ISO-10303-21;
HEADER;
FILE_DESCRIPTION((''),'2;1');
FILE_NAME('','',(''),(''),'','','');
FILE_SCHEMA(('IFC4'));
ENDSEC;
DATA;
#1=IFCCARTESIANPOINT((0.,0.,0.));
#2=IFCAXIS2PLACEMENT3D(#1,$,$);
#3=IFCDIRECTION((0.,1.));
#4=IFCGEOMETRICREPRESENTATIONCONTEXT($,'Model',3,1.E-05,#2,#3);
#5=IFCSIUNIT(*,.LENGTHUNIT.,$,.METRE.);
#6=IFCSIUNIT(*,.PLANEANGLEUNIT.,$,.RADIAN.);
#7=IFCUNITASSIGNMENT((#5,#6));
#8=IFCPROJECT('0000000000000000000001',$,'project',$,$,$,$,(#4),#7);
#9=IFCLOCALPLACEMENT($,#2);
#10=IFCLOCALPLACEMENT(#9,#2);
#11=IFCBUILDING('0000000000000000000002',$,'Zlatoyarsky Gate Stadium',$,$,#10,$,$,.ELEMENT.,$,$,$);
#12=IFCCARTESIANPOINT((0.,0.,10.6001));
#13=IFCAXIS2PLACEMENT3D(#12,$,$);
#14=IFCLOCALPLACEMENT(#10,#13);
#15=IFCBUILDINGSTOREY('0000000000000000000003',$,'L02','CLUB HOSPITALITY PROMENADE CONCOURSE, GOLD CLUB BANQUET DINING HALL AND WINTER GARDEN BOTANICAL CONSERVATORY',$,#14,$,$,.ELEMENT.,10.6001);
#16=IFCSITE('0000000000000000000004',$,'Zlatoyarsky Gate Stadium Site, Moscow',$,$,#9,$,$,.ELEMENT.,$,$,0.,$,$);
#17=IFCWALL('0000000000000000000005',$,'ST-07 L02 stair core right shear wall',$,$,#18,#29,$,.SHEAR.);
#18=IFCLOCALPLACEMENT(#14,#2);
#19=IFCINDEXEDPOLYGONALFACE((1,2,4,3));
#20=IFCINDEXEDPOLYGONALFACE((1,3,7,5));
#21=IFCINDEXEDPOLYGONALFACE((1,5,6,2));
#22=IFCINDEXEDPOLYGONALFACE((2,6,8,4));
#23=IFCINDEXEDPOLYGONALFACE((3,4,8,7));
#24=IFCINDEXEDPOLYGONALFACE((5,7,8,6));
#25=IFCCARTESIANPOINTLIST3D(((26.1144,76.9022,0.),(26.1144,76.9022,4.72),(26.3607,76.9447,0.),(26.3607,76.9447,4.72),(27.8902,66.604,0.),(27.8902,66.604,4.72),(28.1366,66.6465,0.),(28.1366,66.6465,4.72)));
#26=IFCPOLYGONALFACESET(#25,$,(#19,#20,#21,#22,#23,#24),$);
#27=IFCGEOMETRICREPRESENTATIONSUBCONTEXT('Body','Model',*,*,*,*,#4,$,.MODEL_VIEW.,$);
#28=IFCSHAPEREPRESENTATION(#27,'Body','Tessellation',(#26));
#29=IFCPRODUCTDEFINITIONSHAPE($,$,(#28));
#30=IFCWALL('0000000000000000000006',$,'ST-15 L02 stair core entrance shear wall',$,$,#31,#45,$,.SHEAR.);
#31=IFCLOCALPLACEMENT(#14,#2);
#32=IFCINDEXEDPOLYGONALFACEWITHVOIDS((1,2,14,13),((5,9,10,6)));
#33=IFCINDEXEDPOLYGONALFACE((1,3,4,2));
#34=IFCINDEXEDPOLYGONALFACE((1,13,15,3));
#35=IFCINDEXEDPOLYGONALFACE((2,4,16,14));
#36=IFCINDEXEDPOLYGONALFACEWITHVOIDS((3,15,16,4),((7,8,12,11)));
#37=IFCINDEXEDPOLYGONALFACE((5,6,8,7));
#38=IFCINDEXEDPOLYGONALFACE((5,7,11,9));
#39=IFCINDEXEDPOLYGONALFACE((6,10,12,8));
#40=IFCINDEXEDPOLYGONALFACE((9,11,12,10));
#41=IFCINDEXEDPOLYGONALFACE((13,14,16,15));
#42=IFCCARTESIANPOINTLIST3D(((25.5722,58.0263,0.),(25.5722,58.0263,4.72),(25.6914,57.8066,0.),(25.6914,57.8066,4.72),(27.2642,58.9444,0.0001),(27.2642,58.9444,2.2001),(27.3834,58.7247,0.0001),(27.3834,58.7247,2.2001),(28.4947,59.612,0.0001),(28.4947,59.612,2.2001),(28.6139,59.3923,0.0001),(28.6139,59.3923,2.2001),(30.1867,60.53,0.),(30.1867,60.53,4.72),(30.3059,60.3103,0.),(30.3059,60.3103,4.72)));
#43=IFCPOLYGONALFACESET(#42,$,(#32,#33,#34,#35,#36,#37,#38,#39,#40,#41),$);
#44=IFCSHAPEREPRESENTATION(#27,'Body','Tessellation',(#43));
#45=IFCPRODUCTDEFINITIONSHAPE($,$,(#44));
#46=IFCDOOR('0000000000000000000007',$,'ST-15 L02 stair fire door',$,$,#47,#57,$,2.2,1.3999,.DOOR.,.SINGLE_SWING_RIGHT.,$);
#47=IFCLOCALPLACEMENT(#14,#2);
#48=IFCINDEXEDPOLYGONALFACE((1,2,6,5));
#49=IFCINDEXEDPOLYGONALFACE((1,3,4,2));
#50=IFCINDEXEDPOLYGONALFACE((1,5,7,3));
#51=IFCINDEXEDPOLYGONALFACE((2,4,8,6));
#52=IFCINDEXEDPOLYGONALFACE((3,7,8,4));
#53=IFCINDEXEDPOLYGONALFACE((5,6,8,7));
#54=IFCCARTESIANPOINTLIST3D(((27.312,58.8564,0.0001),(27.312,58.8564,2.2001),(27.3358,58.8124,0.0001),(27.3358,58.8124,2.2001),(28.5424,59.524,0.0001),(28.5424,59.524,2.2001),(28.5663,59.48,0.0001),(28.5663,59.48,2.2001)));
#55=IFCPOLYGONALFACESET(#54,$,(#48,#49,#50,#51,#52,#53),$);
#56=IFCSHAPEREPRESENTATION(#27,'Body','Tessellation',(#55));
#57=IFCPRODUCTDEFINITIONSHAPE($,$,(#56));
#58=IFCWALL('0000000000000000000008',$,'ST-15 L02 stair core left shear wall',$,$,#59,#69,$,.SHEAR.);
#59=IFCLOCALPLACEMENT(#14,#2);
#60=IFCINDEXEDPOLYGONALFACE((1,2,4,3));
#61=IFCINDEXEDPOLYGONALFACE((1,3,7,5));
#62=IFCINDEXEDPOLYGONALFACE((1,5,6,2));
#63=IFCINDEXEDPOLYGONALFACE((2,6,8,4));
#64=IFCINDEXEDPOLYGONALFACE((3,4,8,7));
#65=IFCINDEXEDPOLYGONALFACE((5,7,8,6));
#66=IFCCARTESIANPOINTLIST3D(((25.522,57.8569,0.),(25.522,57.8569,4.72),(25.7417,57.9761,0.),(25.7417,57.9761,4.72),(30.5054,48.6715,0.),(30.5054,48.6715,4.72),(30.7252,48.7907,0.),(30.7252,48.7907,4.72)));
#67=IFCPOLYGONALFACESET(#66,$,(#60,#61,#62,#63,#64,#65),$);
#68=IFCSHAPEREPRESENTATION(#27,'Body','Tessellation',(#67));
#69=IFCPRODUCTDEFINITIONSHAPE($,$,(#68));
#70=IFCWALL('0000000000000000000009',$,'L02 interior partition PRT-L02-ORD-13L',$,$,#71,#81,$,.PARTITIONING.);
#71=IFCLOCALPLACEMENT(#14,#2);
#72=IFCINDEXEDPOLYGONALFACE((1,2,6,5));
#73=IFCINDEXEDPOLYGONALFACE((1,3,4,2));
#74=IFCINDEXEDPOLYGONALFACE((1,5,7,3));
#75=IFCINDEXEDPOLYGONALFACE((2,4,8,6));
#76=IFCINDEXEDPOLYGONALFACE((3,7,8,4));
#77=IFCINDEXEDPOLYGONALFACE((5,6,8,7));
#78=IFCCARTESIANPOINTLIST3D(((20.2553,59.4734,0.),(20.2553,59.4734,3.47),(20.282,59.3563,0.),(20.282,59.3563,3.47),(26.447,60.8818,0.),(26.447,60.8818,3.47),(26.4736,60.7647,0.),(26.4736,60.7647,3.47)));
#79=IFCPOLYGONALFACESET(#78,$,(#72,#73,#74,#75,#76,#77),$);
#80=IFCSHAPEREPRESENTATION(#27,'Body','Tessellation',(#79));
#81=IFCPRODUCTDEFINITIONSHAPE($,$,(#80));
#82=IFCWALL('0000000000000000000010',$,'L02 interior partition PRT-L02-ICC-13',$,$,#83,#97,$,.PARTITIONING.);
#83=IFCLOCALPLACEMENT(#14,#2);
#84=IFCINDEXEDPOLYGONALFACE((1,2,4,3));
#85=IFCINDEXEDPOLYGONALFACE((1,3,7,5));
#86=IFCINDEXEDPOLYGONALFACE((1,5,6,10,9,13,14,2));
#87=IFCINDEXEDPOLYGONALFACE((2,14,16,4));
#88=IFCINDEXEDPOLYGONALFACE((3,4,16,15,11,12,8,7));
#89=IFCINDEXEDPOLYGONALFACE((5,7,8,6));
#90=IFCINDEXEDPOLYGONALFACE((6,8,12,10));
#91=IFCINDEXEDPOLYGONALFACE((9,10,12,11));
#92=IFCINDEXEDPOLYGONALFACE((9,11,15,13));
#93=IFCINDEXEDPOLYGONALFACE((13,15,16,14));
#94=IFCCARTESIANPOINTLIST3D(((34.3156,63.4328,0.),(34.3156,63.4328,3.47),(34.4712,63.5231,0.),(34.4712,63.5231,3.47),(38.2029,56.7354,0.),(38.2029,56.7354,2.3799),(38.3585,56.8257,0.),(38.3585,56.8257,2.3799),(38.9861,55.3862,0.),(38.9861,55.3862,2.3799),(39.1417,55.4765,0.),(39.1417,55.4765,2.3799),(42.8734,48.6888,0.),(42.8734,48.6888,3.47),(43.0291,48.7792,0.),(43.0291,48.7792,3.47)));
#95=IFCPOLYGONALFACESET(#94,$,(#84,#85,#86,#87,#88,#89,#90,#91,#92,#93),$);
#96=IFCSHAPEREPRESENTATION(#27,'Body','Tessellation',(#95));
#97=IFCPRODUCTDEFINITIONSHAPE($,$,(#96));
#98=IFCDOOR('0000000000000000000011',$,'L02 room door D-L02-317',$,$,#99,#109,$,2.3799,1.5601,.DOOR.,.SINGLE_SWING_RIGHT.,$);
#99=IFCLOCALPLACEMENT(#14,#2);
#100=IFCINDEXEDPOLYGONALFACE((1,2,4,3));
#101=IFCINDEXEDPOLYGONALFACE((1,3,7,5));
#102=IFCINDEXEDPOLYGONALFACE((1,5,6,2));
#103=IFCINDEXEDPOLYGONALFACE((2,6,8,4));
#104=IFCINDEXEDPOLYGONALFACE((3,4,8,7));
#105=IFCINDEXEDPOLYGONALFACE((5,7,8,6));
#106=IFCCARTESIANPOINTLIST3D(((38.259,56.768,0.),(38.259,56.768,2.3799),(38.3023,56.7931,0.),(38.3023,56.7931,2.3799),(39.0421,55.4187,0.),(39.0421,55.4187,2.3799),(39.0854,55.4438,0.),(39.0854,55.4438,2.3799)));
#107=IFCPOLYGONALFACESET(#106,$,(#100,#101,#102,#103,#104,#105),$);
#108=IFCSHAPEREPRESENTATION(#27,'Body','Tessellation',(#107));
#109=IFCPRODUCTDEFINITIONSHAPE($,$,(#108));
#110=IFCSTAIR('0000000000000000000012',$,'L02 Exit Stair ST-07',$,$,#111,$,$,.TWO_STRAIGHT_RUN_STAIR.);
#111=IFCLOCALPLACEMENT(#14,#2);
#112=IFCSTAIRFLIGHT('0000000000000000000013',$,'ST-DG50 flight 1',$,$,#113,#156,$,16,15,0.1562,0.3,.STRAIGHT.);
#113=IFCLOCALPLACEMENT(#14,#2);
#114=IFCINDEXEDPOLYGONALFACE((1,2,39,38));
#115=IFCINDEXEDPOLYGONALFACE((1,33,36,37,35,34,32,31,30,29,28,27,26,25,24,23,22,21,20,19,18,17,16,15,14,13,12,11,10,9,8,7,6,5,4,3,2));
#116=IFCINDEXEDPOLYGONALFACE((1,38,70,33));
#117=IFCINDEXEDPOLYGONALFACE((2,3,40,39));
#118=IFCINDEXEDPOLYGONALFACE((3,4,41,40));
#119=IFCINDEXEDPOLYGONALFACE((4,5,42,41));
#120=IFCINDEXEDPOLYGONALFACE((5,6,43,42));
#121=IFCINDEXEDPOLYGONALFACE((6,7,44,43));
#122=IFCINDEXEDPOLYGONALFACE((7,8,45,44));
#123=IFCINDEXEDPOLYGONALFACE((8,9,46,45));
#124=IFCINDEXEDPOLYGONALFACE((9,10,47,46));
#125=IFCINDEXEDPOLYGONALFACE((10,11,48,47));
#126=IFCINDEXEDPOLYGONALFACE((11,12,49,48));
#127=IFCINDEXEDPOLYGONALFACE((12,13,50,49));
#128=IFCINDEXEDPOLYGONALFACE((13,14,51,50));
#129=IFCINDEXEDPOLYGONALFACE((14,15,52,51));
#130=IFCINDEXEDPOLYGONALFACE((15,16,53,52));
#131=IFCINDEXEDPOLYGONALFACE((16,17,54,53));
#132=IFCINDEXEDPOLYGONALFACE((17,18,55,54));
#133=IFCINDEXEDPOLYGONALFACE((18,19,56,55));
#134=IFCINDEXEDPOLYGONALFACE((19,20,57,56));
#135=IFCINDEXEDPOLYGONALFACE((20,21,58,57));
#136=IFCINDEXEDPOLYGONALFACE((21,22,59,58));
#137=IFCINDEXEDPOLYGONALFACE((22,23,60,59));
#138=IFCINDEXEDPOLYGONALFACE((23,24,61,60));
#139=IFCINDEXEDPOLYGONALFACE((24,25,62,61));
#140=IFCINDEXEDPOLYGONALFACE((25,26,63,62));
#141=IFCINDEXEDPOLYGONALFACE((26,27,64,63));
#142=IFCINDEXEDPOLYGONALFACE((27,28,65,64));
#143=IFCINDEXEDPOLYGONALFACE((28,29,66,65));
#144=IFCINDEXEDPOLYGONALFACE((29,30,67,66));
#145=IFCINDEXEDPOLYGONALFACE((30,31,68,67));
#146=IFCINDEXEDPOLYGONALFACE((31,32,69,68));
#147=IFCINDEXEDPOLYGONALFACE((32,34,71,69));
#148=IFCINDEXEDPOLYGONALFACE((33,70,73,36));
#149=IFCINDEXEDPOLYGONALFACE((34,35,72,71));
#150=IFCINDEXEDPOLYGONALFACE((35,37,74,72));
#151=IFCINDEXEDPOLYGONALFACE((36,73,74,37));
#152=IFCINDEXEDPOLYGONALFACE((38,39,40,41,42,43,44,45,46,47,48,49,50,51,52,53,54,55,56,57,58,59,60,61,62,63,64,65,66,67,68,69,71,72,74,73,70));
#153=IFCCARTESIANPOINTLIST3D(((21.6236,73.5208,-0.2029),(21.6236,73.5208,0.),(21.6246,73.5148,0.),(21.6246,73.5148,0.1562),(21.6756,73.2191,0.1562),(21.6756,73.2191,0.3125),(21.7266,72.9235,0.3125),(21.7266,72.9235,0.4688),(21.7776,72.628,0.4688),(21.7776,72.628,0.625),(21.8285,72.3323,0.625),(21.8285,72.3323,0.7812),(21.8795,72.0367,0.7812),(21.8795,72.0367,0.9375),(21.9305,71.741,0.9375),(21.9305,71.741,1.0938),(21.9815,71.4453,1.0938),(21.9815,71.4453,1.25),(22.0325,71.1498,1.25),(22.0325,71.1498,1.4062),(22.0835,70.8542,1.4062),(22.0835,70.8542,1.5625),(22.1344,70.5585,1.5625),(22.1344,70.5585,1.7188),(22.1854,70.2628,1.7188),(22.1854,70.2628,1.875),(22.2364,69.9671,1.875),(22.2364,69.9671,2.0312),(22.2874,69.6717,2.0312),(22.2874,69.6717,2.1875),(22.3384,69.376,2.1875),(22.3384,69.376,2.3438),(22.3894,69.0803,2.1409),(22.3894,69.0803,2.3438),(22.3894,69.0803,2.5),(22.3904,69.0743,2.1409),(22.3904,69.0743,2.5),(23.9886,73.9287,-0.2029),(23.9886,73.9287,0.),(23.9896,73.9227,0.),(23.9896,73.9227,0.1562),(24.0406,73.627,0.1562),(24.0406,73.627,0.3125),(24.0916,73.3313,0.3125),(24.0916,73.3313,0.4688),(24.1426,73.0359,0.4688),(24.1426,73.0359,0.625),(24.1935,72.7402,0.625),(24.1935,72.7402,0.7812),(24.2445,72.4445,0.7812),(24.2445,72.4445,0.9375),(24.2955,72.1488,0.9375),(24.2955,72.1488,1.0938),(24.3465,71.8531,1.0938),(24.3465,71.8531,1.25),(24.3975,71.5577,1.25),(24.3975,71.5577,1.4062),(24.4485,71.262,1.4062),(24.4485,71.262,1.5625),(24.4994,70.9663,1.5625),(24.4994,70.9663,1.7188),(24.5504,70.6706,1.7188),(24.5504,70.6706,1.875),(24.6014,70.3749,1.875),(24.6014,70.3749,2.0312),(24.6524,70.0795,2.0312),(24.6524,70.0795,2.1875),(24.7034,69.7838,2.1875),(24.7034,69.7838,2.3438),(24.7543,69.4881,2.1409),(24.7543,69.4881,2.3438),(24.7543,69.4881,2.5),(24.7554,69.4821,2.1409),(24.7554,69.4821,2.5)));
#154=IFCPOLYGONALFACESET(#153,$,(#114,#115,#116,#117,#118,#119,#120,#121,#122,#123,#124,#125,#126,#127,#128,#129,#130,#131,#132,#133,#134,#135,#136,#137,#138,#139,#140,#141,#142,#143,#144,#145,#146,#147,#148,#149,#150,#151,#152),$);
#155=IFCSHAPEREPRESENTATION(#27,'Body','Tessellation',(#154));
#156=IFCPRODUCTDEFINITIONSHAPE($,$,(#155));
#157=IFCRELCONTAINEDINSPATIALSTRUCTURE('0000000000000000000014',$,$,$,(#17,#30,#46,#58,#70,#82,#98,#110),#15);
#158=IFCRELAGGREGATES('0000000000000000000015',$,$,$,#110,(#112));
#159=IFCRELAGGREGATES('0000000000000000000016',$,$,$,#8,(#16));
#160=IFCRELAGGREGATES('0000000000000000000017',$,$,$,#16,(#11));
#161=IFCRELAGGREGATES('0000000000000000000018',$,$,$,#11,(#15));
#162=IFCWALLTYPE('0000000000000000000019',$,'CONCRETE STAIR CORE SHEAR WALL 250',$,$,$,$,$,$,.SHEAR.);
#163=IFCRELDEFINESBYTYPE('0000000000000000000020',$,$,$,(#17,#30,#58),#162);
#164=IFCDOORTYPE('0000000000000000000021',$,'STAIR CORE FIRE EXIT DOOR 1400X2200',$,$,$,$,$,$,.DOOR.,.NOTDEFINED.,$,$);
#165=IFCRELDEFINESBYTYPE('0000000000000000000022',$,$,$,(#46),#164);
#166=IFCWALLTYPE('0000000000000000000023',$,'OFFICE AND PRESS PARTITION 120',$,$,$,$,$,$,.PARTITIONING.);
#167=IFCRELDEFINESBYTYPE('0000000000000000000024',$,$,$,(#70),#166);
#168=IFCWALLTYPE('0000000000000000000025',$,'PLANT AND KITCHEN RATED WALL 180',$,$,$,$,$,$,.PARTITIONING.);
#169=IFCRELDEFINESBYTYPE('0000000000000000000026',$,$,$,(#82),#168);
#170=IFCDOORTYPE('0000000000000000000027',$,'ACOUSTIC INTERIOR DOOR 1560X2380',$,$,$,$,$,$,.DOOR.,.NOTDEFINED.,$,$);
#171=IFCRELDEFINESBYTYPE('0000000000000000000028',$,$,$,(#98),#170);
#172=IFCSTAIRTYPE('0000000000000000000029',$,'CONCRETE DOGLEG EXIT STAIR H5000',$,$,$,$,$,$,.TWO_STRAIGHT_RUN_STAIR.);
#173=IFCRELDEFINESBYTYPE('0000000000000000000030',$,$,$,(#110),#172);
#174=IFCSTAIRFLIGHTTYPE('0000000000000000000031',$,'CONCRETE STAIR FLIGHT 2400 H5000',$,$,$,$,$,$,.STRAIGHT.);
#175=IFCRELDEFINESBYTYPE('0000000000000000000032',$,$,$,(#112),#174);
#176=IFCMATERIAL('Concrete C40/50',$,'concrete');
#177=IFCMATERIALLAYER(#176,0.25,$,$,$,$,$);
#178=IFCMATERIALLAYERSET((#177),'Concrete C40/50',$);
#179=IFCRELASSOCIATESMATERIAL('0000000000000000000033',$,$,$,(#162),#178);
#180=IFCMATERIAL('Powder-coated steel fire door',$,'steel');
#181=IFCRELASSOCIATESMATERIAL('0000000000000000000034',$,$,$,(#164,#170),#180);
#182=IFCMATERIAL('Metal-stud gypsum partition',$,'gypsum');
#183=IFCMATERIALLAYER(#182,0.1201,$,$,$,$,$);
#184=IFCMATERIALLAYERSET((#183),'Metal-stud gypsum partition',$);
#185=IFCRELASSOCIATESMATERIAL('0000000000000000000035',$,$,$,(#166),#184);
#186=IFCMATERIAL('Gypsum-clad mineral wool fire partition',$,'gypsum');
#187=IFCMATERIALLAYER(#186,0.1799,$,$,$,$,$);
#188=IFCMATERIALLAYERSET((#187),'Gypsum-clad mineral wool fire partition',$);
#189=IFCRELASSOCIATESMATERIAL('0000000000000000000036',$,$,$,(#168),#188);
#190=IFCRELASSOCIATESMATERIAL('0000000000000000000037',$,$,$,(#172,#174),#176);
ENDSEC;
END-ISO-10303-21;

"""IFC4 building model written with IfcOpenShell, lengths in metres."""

from ifc_helpers import new_model, si_unit, direction, frame, frame_2d, origin, place, context, subcontext, project, spatial, polyline, rectangle, outline, extrude, material, layer, layer_set, type_object, element, fill, aggregate, save


model = new_model("IFC4")

# Units and contexts
model_context = context("Model", 3, precision=1e-05, world=origin(), true_north=direction((0.0, 1.0)))
body_context = subcontext(model_context, "Body", "Model", "MODEL_VIEW")
ifc_project = project(units=[si_unit("LENGTHUNIT", "METRE"), si_unit("PLANEANGLEUNIT", "RADIAN")], contexts=[model_context])

# Site, building, storey
site_placement = place(None, origin())
site = spatial("IfcSite", under=ifc_project, at=site_placement, Name="Zlatoyarsky Gate Stadium Site, Moscow", CompositionType="ELEMENT", RefElevation=0.0)
building_placement = place(site_placement, origin())
building = spatial("IfcBuilding", under=site, at=building_placement, Name="Zlatoyarsky Gate Stadium", CompositionType="ELEMENT")
storey_placement = place(building_placement, frame((0.0, 0.0, 10.6001)))
storey = spatial("IfcBuildingStorey", under=building, at=storey_placement, Name="L02", Description="CLUB HOSPITALITY PROMENADE CONCOURSE, GOLD CLUB BANQUET DINING HALL AND WINTER GARDEN BOTANICAL CONSERVATORY", CompositionType="ELEMENT", Elevation=10.6001)

# Shared definitions
ifc_material_1 = material(Name="Concrete C40/50", Category="concrete")

# Wall
ifc_layer_1 = layer(ifc_material_1, 0.25)
ifc_layer_set_1 = layer_set([ifc_layer_1], Name="Concrete C40/50")
wall_type_1 = type_object("IfcWallType", Name="CONCRETE STAIR CORE SHEAR WALL 250", PredefinedType="SHEAR", material=ifc_layer_set_1)
wall_1_placement = place(storey_placement, frame((28.0134, 66.6252, 0.0), z_axis=(0.0, 0.0, 1.0), x_axis=(-0.169939, 0.985455, 0.0)))
element("IfcWall", 1, at=wall_1_placement, inside=storey, type_object=wall_type_1, Name="ST-07 L02 stair core right shear wall", PredefinedType="SHEAR", context=body_context, shape_type="SweptSolid", body=[
    extrude(rectangle(XDim=10.4502, YDim=0.25, at=frame_2d((5.2251, 0.0))), origin(), (0.0, 0.0, 1.0), 4.72),
])

# Wall, opening, door
wall_2_placement = place(storey_placement, frame((30.2463, 60.4202, 0.0), z_axis=(0.0, 0.0, 1.0), x_axis=(-0.878961, -0.476893, 0.0)))
wall_2 = element("IfcWall", 2, at=wall_2_placement, inside=storey, type_object=wall_type_1, Name="ST-15 L02 stair core entrance shear wall", PredefinedType="SHEAR", context=body_context, shape_type="SweptSolid", body=[
    extrude(rectangle(XDim=5.25, YDim=0.25, at=frame_2d((2.625, 0.0))), origin(), (0.0, 0.0, 1.0), 4.72),
])
opening_1_placement = place(wall_2_placement, frame((1.925, 0.0, 0.0)))
opening_1 = element("IfcOpeningElement", 3, at=opening_1_placement, cuts=wall_2, PredefinedType="OPENING", context=body_context, shape_type="SweptSolid", body=[
    extrude(rectangle(XDim=1.3999, YDim=2.2, at=frame_2d((0.7, 1.1001))), frame((0.0, 0.135, 0.0), z_axis=(0.0, -1.0, 0.0), x_axis=(1.0, 0.0, 0.0)), (0.0, 0.0, 1.0), 0.27),
])
ifc_material_2 = material(Name="Powder-coated steel fire door", Category="steel")
door_type_1 = type_object("IfcDoorType", Name="STAIR CORE FIRE EXIT DOOR 1400X2200", OperationType="NOTDEFINED", PredefinedType="DOOR", material=ifc_material_2)
door_1_placement = place(opening_1_placement, frame((1.3999, 0.0, 0.0), z_axis=(0.0, 0.0, 1.0), x_axis=(-1.0, 0.0, 0.0)))
door_1 = element("IfcDoor", 4, at=door_1_placement, inside=storey, type_object=door_type_1, Name="ST-15 L02 stair fire door", OperationType="SINGLE_SWING_RIGHT", OverallHeight=2.2, OverallWidth=1.3999, PredefinedType="DOOR", context=body_context, shape_type="SweptSolid", body=[
    extrude(rectangle(XDim=1.3999, YDim=2.2, at=frame_2d((0.7, 1.1001))), frame((0.0, 0.0249, 0.0), z_axis=(0.0, -1.0, 0.0), x_axis=(1.0, 0.0, 0.0)), (0.0, 0.0, 1.0), 0.05),
])
fill(opening_1, door_1)

# Walls
wall_3_placement = place(storey_placement, frame((25.6318, 57.9165, 0.0), z_axis=(0.0, 0.0, 1.0), x_axis=(0.476877, -0.87897, 0.0)))
element("IfcWall", 5, at=wall_3_placement, inside=storey, type_object=wall_type_1, Name="ST-15 L02 stair core left shear wall", PredefinedType="SHEAR", context=body_context, shape_type="SweptSolid", body=[
    extrude(rectangle(XDim=10.4502, YDim=0.25, at=frame_2d((5.2251, 0.0))), origin(), (0.0, 0.0, 1.0), 4.72),
])
ifc_material_3 = material(Name="Metal-stud gypsum partition", Category="gypsum")
ifc_layer_2 = layer(ifc_material_3, 0.1201)
ifc_layer_set_2 = layer_set([ifc_layer_2], Name="Metal-stud gypsum partition")
wall_type_2 = type_object("IfcWallType", Name="OFFICE AND PRESS PARTITION 120", PredefinedType="PARTITIONING", material=ifc_layer_set_2)
wall_4_placement = place(storey_placement, frame((26.4602, 60.8232, 0.0), z_axis=(0.0, 0.0, 1.0), x_axis=(-0.97509, -0.221809, 0.0)))
element("IfcWall", 6, at=wall_4_placement, inside=storey, type_object=wall_type_2, Name="L02 interior partition PRT-L02-ORD-13L", PredefinedType="PARTITIONING", context=body_context, shape_type="SweptSolid", body=[
    extrude(rectangle(XDim=6.3499, YDim=0.1201, at=frame_2d((3.1748, 0.0))), origin(), (0.0, 0.0, 1.0), 3.47),
])

# Wall, opening, door
ifc_material_4 = material(Name="Gypsum-clad mineral wool fire partition", Category="gypsum")
ifc_layer_3 = layer(ifc_material_4, 0.1799)
ifc_layer_set_3 = layer_set([ifc_layer_3], Name="Gypsum-clad mineral wool fire partition")
wall_type_3 = type_object("IfcWallType", Name="PLANT AND KITCHEN RATED WALL 180", PredefinedType="PARTITIONING", material=ifc_layer_set_3)
wall_5_placement = place(storey_placement, frame((34.3933, 63.478, 0.0), z_axis=(0.0, 0.0, 1.0), x_axis=(0.501999, -0.864868, 0.0)))
wall_5 = element("IfcWall", 7, at=wall_5_placement, inside=storey, type_object=wall_type_3, Name="L02 interior partition PRT-L02-ICC-13", PredefinedType="PARTITIONING", context=body_context, shape_type="SweptSolid", body=[
    extrude(rectangle(XDim=17.0476, YDim=0.1799, at=frame_2d((8.5239, 0.0))), origin(), (0.0, 0.0, 1.0), 3.47),
])
opening_2_placement = place(wall_5_placement, frame((7.7439, 0.0, 0.0)))
opening_2 = element("IfcOpeningElement", 8, at=opening_2_placement, cuts=wall_5, PredefinedType="OPENING", context=body_context, shape_type="SweptSolid", body=[
    extrude(rectangle(XDim=1.5601, YDim=2.3799, at=frame_2d((0.78, 1.1899))), frame((0.0, 0.0999, 0.0), z_axis=(0.0, -1.0, 0.0), x_axis=(1.0, 0.0, 0.0)), (0.0, 0.0, 1.0), 0.2),
])
door_type_2 = type_object("IfcDoorType", Name="ACOUSTIC INTERIOR DOOR 1560X2380", OperationType="NOTDEFINED", PredefinedType="DOOR", material=ifc_material_2)
door_2_placement = place(opening_2_placement, origin())
door_2 = element("IfcDoor", 9, at=door_2_placement, inside=storey, type_object=door_type_2, Name="L02 room door D-L02-317", OperationType="SINGLE_SWING_RIGHT", OverallHeight=2.3799, OverallWidth=1.5601, PredefinedType="DOOR", context=body_context, shape_type="SweptSolid", body=[
    extrude(rectangle(XDim=1.5601, YDim=2.3799, at=frame_2d((0.78, 1.1899))), frame((0.0, 0.0249, 0.0), z_axis=(0.0, -1.0, 0.0), x_axis=(1.0, 0.0, 0.0)), (0.0, 0.0, 1.0), 0.05),
])
fill(opening_2, door_2)

# Stair, stair flight
stair_type = type_object("IfcStairType", Name="CONCRETE DOGLEG EXIT STAIR H5000", PredefinedType="TWO_STRAIGHT_RUN_STAIR", material=ifc_material_1)
stair_placement = place(storey_placement, origin())
stair = element("IfcStair", 10, at=stair_placement, inside=storey, type_object=stair_type, Name="L02 Exit Stair ST-07", PredefinedType="TWO_STRAIGHT_RUN_STAIR")
stair_flight_type = type_object("IfcStairFlightType", Name="CONCRETE STAIR FLIGHT 2400 H5000", PredefinedType="STRAIGHT", material=ifc_material_1)
stair_flight_1_placement = place(storey_placement, frame((22.8071, 73.7188, 0.0), z_axis=(0.0, 0.0, 1.0), x_axis=(0.169938, -0.985455, 0.0)))
stair_flight_1 = element("IfcStairFlight", 11, at=stair_flight_1_placement, type_object=stair_flight_type, Name="ST-DG50 flight 1", NumberOfRisers=16, NumberOfTreads=15, PredefinedType="STRAIGHT", RiserHeight=0.1562, TreadLength=0.3, context=body_context, shape_type="SweptSolid", body=[
    extrude(outline(polyline([(-0.0061, -0.2029), (-0.0061, 0.0), (0.0, 0.0), (0.0, 0.1562), (0.3, 0.1562), (0.3, 0.3125), (0.6001, 0.3125), (0.6001, 0.4688), (0.8999, 0.4688), (0.8999, 0.625), (1.2, 0.625), (1.2, 0.7812), (1.5, 0.7812), (1.5, 0.9375), (1.8, 0.9375), (1.8, 1.0938), (2.1001, 1.0938), (2.1001, 1.25), (2.3999, 1.25), (2.3999, 1.4062), (2.7, 1.4062), (2.7, 1.5625), (3.0, 1.5625), (3.0, 1.7188), (3.3, 1.7188), (3.3, 1.875), (3.6001, 1.875), (3.6001, 2.0312), (3.8999, 2.0312), (3.8999, 2.1875), (4.2, 2.1875), (4.2, 2.3438), (4.5, 2.3438), (4.5, 2.5), (4.5061, 2.5), (4.5061, 2.1409), (4.5, 2.1409), (-0.0061, -0.2029)])), frame((0.0, 1.2, 0.0), z_axis=(0.0, -1.0, 0.0), x_axis=(1.0, 0.0, 0.0)), (0.0, 0.0, 1.0), 2.3999),
])
aggregate(stair, [stair_flight_1])

save(model, "model.ifc")
